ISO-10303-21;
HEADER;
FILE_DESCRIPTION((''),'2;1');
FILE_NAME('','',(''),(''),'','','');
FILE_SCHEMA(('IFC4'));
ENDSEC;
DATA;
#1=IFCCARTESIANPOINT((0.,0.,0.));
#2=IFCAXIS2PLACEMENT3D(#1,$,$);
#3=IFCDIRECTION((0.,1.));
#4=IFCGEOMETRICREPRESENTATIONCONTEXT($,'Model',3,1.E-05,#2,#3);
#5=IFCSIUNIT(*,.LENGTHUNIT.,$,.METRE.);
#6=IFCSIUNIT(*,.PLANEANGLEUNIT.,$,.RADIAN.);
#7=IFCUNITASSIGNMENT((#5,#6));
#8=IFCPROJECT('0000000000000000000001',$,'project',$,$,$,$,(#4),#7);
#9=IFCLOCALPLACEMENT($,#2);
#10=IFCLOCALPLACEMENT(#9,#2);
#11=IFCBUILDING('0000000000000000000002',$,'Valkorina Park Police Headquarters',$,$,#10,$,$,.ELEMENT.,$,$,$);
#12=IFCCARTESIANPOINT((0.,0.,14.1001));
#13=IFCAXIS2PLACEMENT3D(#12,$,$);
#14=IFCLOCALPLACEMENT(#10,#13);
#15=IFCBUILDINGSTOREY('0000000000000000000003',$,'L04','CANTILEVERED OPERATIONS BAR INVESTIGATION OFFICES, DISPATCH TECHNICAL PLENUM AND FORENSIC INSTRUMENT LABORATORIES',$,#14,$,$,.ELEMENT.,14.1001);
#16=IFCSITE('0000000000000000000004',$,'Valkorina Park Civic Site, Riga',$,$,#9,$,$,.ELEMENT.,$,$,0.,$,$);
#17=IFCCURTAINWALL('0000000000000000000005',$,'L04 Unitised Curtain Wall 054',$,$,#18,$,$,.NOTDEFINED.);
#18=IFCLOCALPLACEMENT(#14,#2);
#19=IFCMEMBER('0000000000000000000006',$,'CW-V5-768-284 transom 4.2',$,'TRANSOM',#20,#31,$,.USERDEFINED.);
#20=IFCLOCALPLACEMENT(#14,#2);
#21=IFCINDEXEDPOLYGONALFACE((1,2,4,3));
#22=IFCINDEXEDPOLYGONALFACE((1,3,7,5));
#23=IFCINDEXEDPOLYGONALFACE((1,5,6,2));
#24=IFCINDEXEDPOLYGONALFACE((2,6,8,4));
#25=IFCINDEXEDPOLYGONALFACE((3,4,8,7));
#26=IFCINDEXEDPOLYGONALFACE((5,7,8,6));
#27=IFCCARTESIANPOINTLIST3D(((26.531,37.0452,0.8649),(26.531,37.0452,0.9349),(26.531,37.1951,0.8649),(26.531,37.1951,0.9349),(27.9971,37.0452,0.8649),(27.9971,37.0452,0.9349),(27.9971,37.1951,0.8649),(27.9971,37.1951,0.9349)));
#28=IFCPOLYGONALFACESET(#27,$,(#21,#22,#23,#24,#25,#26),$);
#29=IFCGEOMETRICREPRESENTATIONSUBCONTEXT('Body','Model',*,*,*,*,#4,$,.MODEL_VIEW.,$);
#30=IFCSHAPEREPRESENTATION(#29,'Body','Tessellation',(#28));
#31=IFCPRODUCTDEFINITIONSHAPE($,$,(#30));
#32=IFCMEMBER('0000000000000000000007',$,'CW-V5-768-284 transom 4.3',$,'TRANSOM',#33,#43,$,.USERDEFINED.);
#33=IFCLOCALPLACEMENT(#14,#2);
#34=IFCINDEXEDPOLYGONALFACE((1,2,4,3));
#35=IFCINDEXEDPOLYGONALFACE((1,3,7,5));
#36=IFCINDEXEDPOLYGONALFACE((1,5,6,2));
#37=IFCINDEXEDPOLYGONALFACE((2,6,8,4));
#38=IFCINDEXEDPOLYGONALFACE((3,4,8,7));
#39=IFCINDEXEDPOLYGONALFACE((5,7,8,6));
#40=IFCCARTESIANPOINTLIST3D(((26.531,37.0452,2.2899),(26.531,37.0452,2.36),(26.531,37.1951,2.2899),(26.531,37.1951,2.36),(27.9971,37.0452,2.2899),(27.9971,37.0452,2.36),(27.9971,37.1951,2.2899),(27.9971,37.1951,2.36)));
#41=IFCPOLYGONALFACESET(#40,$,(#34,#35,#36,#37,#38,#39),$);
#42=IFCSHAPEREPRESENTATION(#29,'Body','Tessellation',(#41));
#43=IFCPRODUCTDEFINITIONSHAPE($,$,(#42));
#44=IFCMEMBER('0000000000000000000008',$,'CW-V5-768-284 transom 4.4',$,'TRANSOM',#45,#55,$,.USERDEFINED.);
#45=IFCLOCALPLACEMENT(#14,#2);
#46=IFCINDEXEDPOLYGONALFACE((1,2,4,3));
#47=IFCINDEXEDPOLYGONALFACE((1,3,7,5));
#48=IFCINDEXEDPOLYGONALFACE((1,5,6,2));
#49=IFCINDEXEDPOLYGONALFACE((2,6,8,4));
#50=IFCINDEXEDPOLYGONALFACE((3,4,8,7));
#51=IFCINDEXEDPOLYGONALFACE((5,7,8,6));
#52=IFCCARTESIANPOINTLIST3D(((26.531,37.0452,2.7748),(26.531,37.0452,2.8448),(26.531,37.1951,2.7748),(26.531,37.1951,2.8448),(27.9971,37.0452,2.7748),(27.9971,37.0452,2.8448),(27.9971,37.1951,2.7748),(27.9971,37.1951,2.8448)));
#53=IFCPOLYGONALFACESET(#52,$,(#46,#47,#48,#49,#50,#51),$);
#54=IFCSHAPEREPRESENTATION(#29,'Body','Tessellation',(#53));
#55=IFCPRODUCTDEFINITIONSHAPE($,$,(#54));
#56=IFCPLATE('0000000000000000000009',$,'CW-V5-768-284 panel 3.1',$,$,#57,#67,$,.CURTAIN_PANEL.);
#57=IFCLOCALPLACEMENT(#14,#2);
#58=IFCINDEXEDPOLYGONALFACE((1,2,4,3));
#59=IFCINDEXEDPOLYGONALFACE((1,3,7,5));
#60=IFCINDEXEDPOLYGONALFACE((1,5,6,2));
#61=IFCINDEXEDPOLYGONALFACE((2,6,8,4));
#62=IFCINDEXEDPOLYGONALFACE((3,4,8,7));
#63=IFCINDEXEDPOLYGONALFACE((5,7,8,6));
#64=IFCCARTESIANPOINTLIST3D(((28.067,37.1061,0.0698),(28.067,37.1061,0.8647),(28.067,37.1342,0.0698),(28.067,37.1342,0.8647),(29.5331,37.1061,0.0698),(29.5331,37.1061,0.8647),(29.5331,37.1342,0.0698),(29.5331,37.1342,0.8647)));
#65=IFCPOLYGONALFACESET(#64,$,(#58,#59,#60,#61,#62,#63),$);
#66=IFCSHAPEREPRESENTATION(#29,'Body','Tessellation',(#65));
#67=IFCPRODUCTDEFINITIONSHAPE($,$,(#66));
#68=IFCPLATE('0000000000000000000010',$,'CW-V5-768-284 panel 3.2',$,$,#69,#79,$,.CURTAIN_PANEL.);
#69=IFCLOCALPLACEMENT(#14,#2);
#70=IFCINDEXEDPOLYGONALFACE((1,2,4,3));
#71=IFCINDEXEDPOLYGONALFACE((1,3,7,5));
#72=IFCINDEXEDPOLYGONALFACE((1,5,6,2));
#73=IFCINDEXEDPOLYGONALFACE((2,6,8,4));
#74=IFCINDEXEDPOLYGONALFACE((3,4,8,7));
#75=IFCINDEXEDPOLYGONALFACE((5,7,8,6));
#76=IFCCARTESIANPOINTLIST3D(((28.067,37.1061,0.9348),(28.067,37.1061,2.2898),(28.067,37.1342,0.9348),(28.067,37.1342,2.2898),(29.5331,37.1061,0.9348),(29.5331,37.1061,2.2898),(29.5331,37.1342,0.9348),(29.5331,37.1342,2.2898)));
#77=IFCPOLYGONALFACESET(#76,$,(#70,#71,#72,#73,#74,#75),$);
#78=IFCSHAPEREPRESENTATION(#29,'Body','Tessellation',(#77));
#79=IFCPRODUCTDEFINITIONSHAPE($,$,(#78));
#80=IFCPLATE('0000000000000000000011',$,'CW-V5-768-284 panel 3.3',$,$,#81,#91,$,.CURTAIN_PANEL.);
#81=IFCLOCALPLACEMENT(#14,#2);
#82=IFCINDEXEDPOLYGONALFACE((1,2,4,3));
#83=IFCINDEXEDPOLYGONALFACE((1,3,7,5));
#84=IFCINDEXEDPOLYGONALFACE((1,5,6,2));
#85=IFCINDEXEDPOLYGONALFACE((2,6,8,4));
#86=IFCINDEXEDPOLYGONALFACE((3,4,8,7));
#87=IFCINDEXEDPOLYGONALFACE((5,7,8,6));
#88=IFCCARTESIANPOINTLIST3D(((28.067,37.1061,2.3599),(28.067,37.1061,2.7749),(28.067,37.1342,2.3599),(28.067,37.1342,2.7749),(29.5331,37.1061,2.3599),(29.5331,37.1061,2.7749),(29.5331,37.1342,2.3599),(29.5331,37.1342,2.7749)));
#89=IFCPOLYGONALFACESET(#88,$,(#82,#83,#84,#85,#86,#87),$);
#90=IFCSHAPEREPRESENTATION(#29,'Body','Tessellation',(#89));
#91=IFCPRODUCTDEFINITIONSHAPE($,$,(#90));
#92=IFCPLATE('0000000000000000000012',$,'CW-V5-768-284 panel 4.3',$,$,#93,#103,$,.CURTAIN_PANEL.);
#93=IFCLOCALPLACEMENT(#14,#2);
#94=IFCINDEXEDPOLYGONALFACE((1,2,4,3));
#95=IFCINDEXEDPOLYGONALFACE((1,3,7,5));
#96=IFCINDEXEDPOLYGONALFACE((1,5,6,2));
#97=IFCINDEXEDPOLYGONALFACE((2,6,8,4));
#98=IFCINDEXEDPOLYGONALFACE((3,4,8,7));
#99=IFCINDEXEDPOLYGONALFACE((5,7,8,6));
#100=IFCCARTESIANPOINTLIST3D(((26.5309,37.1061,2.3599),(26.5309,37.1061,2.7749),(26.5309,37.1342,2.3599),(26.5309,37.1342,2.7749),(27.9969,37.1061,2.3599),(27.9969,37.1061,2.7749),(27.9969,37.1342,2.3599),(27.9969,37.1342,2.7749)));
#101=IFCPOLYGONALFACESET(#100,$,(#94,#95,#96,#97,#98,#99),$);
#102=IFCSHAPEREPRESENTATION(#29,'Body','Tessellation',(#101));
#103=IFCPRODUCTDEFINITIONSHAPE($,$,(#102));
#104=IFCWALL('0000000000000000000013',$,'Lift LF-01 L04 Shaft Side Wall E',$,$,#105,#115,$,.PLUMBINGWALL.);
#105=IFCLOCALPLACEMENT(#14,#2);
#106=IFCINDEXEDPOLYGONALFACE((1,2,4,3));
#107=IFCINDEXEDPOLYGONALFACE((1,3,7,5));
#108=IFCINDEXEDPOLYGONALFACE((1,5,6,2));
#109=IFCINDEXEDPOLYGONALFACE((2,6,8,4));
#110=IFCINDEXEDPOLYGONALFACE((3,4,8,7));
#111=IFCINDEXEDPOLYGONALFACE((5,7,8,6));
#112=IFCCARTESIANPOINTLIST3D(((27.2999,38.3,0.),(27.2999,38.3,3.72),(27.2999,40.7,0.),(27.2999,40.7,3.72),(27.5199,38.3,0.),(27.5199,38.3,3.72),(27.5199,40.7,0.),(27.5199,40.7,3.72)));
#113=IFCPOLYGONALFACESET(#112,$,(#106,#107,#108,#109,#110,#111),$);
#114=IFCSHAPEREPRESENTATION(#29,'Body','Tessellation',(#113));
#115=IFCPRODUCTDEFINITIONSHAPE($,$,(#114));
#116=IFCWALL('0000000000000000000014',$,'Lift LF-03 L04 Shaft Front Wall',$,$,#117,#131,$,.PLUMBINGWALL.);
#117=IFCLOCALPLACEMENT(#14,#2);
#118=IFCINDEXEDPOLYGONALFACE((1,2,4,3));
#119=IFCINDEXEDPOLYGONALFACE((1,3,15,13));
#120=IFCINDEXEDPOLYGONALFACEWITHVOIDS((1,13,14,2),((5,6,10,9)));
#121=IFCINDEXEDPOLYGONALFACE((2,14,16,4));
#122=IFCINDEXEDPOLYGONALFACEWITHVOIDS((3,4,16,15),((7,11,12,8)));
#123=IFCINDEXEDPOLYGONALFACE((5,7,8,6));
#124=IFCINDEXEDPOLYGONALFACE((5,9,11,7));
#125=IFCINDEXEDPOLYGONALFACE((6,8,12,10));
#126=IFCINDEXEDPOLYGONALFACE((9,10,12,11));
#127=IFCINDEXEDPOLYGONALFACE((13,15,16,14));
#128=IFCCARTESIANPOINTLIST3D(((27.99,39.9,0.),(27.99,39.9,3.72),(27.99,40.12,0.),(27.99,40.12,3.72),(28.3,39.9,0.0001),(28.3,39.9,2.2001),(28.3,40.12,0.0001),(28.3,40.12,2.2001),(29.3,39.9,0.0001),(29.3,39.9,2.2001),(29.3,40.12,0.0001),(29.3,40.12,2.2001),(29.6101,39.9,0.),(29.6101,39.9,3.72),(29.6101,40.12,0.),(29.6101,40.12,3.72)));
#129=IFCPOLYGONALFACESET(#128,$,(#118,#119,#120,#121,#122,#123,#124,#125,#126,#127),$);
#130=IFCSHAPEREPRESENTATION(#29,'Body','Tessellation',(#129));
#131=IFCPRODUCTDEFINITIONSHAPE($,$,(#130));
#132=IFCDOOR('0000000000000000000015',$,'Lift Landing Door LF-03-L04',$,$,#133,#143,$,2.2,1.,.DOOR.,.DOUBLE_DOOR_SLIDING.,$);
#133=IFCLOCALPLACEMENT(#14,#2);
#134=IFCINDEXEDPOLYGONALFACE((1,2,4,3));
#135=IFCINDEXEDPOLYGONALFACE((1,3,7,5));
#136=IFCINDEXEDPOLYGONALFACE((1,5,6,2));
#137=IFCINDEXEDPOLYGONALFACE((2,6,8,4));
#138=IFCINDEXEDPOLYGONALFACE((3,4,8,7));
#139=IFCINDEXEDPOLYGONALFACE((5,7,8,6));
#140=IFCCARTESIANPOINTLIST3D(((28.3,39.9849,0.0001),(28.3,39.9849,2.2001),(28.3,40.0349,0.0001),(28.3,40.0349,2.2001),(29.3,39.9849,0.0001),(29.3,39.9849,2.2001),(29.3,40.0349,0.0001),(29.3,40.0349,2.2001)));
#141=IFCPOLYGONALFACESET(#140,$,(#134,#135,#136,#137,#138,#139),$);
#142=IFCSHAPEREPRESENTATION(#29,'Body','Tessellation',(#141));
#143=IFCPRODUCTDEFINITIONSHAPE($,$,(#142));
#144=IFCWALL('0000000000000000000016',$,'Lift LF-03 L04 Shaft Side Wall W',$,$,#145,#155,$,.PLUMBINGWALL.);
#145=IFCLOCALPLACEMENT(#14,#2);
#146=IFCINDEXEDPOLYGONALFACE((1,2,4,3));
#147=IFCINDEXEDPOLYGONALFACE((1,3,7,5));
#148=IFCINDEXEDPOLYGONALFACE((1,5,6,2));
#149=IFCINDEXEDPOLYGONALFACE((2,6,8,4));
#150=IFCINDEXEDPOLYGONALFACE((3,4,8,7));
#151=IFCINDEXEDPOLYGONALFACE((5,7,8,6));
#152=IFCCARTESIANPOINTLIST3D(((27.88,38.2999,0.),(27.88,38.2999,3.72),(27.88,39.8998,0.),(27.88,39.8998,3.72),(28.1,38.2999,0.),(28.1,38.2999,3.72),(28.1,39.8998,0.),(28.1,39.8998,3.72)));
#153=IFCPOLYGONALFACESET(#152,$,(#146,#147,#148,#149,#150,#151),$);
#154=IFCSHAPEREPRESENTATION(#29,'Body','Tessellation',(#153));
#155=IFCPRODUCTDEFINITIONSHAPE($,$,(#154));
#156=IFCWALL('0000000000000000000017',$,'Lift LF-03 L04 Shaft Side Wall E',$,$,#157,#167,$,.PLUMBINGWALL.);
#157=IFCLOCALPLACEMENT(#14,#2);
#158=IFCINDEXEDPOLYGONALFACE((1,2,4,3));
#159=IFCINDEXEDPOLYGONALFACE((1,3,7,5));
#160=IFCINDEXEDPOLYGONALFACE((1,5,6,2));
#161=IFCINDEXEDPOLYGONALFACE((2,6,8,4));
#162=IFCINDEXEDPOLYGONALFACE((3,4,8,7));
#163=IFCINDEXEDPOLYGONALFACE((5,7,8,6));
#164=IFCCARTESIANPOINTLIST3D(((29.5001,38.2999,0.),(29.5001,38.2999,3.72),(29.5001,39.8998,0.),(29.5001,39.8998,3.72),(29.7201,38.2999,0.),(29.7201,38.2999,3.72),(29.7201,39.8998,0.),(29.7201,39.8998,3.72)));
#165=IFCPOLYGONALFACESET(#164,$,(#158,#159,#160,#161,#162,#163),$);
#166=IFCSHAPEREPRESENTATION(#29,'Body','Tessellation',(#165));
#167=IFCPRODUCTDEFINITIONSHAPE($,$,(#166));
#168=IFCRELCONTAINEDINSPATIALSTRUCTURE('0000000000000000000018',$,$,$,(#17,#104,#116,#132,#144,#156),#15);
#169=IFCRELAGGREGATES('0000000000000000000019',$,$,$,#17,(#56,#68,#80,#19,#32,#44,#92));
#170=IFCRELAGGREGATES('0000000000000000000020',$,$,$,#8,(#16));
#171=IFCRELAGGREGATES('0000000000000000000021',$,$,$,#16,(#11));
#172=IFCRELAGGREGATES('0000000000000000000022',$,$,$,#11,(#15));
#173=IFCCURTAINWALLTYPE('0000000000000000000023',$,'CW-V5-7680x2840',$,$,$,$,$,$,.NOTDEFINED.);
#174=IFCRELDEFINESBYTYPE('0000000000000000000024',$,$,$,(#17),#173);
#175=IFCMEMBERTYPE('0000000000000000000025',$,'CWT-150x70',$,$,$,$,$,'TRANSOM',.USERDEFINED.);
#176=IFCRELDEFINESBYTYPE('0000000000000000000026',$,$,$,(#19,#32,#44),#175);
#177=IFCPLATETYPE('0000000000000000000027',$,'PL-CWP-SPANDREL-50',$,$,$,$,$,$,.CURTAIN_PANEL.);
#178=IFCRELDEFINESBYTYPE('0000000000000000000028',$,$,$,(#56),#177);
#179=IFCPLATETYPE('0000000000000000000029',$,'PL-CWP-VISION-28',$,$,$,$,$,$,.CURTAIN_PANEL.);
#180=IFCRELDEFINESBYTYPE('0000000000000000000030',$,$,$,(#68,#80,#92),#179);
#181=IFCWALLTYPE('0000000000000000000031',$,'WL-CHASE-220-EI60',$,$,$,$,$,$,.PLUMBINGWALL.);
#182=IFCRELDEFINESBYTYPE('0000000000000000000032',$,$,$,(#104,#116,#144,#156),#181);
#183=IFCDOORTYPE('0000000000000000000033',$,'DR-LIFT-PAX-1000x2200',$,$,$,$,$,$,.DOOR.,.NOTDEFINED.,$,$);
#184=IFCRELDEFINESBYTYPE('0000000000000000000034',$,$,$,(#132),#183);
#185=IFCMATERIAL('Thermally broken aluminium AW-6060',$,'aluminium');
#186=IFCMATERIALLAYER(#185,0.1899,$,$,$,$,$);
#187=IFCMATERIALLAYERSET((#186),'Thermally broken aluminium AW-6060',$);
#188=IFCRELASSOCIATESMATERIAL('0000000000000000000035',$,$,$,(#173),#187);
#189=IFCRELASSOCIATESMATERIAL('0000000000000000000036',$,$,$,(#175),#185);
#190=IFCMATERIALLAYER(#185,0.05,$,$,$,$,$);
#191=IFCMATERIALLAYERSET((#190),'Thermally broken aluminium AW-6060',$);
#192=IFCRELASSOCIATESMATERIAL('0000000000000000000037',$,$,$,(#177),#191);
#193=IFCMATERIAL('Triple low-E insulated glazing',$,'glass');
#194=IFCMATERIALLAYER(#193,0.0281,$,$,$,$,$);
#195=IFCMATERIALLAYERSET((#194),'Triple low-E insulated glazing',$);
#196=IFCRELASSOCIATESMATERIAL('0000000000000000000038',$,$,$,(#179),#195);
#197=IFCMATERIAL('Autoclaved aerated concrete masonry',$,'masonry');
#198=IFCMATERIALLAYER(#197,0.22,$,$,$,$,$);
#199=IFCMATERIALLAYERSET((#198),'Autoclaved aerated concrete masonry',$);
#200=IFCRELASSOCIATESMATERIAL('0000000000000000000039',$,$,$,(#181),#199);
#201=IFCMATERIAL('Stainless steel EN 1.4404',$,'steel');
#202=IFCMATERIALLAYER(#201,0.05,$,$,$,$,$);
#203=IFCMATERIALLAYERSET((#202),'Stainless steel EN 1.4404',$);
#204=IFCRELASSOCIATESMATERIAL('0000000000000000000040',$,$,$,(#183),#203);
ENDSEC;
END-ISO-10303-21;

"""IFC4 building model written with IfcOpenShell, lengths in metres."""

from ifc_helpers import new_model, si_unit, direction, frame, frame_2d, origin, origin_2d, place, context, subcontext, project, spatial, rectangle, extrude, material, layer, layer_set, material_profile, profile_set, type_object, element, fill, aggregate, save


model = new_model("IFC4")

# Units and contexts
model_context = context("Model", 3, precision=1e-05, world=origin(), true_north=direction((0.0, 1.0)))
body_context = subcontext(model_context, "Body", "Model", "MODEL_VIEW")
ifc_project = project(units=[si_unit("LENGTHUNIT", "METRE"), si_unit("PLANEANGLEUNIT", "RADIAN")], contexts=[model_context])

# Site, building, storey
site_placement = place(None, origin())
site = spatial("IfcSite", under=ifc_project, at=site_placement, Name="Valkorina Park Civic Site, Riga", CompositionType="ELEMENT", RefElevation=0.0)
building_placement = place(site_placement, origin())
building = spatial("IfcBuilding", under=site, at=building_placement, Name="Valkorina Park Police Headquarters", CompositionType="ELEMENT")
storey_placement = place(building_placement, frame((0.0, 0.0, 14.1001)))
storey = spatial("IfcBuildingStorey", under=building, at=storey_placement, Name="L04", Description="CANTILEVERED OPERATIONS BAR INVESTIGATION OFFICES, DISPATCH TECHNICAL PLENUM AND FORENSIC INSTRUMENT LABORATORIES", CompositionType="ELEMENT", Elevation=14.1001)

# Curtain wall, members, plates
ifc_material_1 = material(Name="Thermally broken aluminium AW-6060", Category="aluminium")
ifc_layer_1 = layer(ifc_material_1, 0.1899)
ifc_layer_set_1 = layer_set([ifc_layer_1], Name="Thermally broken aluminium AW-6060")
curtain_wall_type = type_object("IfcCurtainWallType", Name="CW-V5-7680x2840", PredefinedType="NOTDEFINED", material=ifc_layer_set_1)
curtain_wall_placement = place(storey_placement, origin())
curtain_wall = element("IfcCurtainWall", 1, at=curtain_wall_placement, inside=storey, type_object=curtain_wall_type, Name="L04 Unitised Curtain Wall 054", PredefinedType="NOTDEFINED")
ifc_material_profile_1 = material_profile(ifc_material_1, rectangle(XDim=0.1499, YDim=0.0701, at=origin_2d()), Name="CWT-02 150x70")
ifc_profile_set_1 = profile_set([ifc_material_profile_1], Name="Thermally broken aluminium AW-6060")
member_type_1 = type_object("IfcMemberType", Name="CWT-150x70", ElementType="TRANSOM", PredefinedType="USERDEFINED", material=ifc_profile_set_1)
member_1_placement = place(storey_placement, frame((27.9971, 37.1201, 0.8999), z_axis=(-1.0, 0.0, 0.0), x_axis=(0.0, -1.0, 0.0)))
member_1 = element("IfcMember", 2, at=member_1_placement, type_object=member_type_1, Name="CW-V5-768-284 transom 4.2", ObjectType="TRANSOM", PredefinedType="USERDEFINED", context=body_context, shape_type="SweptSolid", body=[
    extrude(rectangle(XDim=0.1499, YDim=0.0701, at=origin_2d()), origin(), (0.0, 0.0, 1.0), 1.4661),
])
member_2_placement = place(storey_placement, frame((27.9971, 37.1201, 2.325), z_axis=(-1.0, 0.0, 0.0), x_axis=(0.0, -1.0, 0.0)))
member_2 = element("IfcMember", 3, at=member_2_placement, type_object=member_type_1, Name="CW-V5-768-284 transom 4.3", ObjectType="TRANSOM", PredefinedType="USERDEFINED", context=body_context, shape_type="SweptSolid", body=[
    extrude(rectangle(XDim=0.1499, YDim=0.0701, at=origin_2d()), origin(), (0.0, 0.0, 1.0), 1.4661),
])
member_3_placement = place(storey_placement, frame((27.9971, 37.1201, 2.8098), z_axis=(-1.0, 0.0, 0.0), x_axis=(0.0, -1.0, 0.0)))
member_3 = element("IfcMember", 4, at=member_3_placement, type_object=member_type_1, Name="CW-V5-768-284 transom 4.4", ObjectType="TRANSOM", PredefinedType="USERDEFINED", context=body_context, shape_type="SweptSolid", body=[
    extrude(rectangle(XDim=0.1499, YDim=0.0701, at=origin_2d()), origin(), (0.0, 0.0, 1.0), 1.4661),
])
ifc_layer_2 = layer(ifc_material_1, 0.05)
ifc_layer_set_2 = layer_set([ifc_layer_2], Name="Thermally broken aluminium AW-6060")
plate_type_1 = type_object("IfcPlateType", Name="PL-CWP-SPANDREL-50", PredefinedType="CURTAIN_PANEL", material=ifc_layer_set_2)
plate_1_placement = place(storey_placement, frame((28.8, 37.1201, 0.0698), z_axis=(0.0, 0.0, 1.0), x_axis=(-1.0, 0.0, 0.0)))
plate_1 = element("IfcPlate", 5, at=plate_1_placement, type_object=plate_type_1, Name="CW-V5-768-284 panel 3.1", PredefinedType="CURTAIN_PANEL", context=body_context, shape_type="SweptSolid", body=[
    extrude(rectangle(XDim=1.4661, YDim=0.0281, at=origin_2d()), origin(), (0.0, 0.0, 1.0), 0.7949),
])
ifc_material_2 = material(Name="Triple low-E insulated glazing", Category="glass")
ifc_layer_3 = layer(ifc_material_2, 0.0281)
ifc_layer_set_3 = layer_set([ifc_layer_3], Name="Triple low-E insulated glazing")
plate_type_2 = type_object("IfcPlateType", Name="PL-CWP-VISION-28", PredefinedType="CURTAIN_PANEL", material=ifc_layer_set_3)
plate_2_placement = place(storey_placement, frame((28.8, 37.1201, 0.9348), z_axis=(0.0, 0.0, 1.0), x_axis=(-1.0, 0.0, 0.0)))
plate_2 = element("IfcPlate", 6, at=plate_2_placement, type_object=plate_type_2, Name="CW-V5-768-284 panel 3.2", PredefinedType="CURTAIN_PANEL", context=body_context, shape_type="SweptSolid", body=[
    extrude(rectangle(XDim=1.4661, YDim=0.0281, at=origin_2d()), origin(), (0.0, 0.0, 1.0), 1.355),
])
plate_3_placement = place(storey_placement, frame((28.8, 37.1201, 2.3599), z_axis=(0.0, 0.0, 1.0), x_axis=(-1.0, 0.0, 0.0)))
plate_3 = element("IfcPlate", 7, at=plate_3_placement, type_object=plate_type_2, Name="CW-V5-768-284 panel 3.3", PredefinedType="CURTAIN_PANEL", context=body_context, shape_type="SweptSolid", body=[
    extrude(rectangle(XDim=1.4661, YDim=0.0281, at=origin_2d()), origin(), (0.0, 0.0, 1.0), 0.415),
])
plate_4_placement = place(storey_placement, frame((27.2639, 37.1201, 2.3599), z_axis=(0.0, 0.0, 1.0), x_axis=(-1.0, 0.0, 0.0)))
plate_4 = element("IfcPlate", 8, at=plate_4_placement, type_object=plate_type_2, Name="CW-V5-768-284 panel 4.3", PredefinedType="CURTAIN_PANEL", context=body_context, shape_type="SweptSolid", body=[
    extrude(rectangle(XDim=1.4661, YDim=0.0281, at=origin_2d()), origin(), (0.0, 0.0, 1.0), 0.415),
])
aggregate(curtain_wall, [plate_1, plate_2, plate_3, member_1, member_2, member_3, plate_4])

# Wall
ifc_material_3 = material(Name="Autoclaved aerated concrete masonry", Category="masonry")
ifc_layer_4 = layer(ifc_material_3, 0.22)
ifc_layer_set_4 = layer_set([ifc_layer_4], Name="Autoclaved aerated concrete masonry")
wall_type = type_object("IfcWallType", Name="WL-CHASE-220-EI60", PredefinedType="PLUMBINGWALL", material=ifc_layer_set_4)
wall_1_placement = place(storey_placement, frame((27.4099, 38.3, 0.0), z_axis=(0.0, 0.0, 1.0), x_axis=(0.0, 1.0, 0.0)))
element("IfcWall", 9, at=wall_1_placement, inside=storey, type_object=wall_type, Name="Lift LF-01 L04 Shaft Side Wall E", PredefinedType="PLUMBINGWALL", context=body_context, shape_type="SweptSolid", body=[
    extrude(rectangle(XDim=2.3999, YDim=0.22, at=frame_2d((1.2, 0.0))), origin(), (0.0, 0.0, 1.0), 3.72),
])

# Wall, opening, door
wall_2_placement = place(storey_placement, frame((27.99, 40.01, 0.0), z_axis=(0.0, 0.0, 1.0), x_axis=(1.0, 0.0, 0.0)))
wall_2 = element("IfcWall", 10, at=wall_2_placement, inside=storey, type_object=wall_type, Name="Lift LF-03 L04 Shaft Front Wall", PredefinedType="PLUMBINGWALL", context=body_context, shape_type="SweptSolid", body=[
    extrude(rectangle(XDim=1.6201, YDim=0.22, at=frame_2d((0.8101, 0.0))), origin(), (0.0, 0.0, 1.0), 3.72),
])
opening_placement = place(wall_2_placement, frame((0.3101, 0.0, 0.0)))
opening = element("IfcOpeningElement", 11, at=opening_placement, cuts=wall_2, PredefinedType="OPENING", context=body_context, shape_type="SweptSolid", body=[
    extrude(rectangle(XDim=1.0, YDim=2.2, at=frame_2d((0.5, 1.1001))), frame((0.0, 0.1201, 0.0), z_axis=(0.0, -1.0, 0.0), x_axis=(1.0, 0.0, 0.0)), (0.0, 0.0, 1.0), 0.24),
])
ifc_material_4 = material(Name="Stainless steel EN 1.4404", Category="steel")
ifc_layer_5 = layer(ifc_material_4, 0.05)
ifc_layer_set_5 = layer_set([ifc_layer_5], Name="Stainless steel EN 1.4404")
door_type = type_object("IfcDoorType", Name="DR-LIFT-PAX-1000x2200", OperationType="NOTDEFINED", PredefinedType="DOOR", material=ifc_layer_set_5)
door_placement = place(opening_placement, origin())
door = element("IfcDoor", 12, at=door_placement, inside=storey, type_object=door_type, Name="Lift Landing Door LF-03-L04", OperationType="DOUBLE_DOOR_SLIDING", OverallHeight=2.2, OverallWidth=1.0, PredefinedType="DOOR", context=body_context, shape_type="SweptSolid", body=[
    extrude(rectangle(XDim=1.0, YDim=2.2, at=frame_2d((0.5, 1.1001))), frame((0.0, 0.0249, 0.0), z_axis=(0.0, -1.0, 0.0), x_axis=(1.0, 0.0, 0.0)), (0.0, 0.0, 1.0), 0.05),
])
fill(opening, door)

# Walls
for number, where, z_axis, x_axis, name in (
    (13, (27.99, 38.3, 0.0), (0.0, 0.0, 1.0), (0.0, 1.0, 0.0), "Lift LF-03 L04 Shaft Side Wall W"),
    (14, (29.6101, 38.3, 0.0), (0.0, 0.0, 1.0), (0.0, 1.0, 0.0), "Lift LF-03 L04 Shaft Side Wall E"),
):
    element("IfcWall", number, at=place(storey_placement, frame(where, z_axis=z_axis, x_axis=x_axis)), inside=storey, type_object=wall_type, Name=name, PredefinedType="PLUMBINGWALL", context=body_context, shape_type="SweptSolid", body=[
        extrude(rectangle(XDim=1.5999, YDim=0.22, at=frame_2d((0.7998, 0.0))), origin(), (0.0, 0.0, 1.0), 3.72),
    ])

save(model, "model.ifc")
